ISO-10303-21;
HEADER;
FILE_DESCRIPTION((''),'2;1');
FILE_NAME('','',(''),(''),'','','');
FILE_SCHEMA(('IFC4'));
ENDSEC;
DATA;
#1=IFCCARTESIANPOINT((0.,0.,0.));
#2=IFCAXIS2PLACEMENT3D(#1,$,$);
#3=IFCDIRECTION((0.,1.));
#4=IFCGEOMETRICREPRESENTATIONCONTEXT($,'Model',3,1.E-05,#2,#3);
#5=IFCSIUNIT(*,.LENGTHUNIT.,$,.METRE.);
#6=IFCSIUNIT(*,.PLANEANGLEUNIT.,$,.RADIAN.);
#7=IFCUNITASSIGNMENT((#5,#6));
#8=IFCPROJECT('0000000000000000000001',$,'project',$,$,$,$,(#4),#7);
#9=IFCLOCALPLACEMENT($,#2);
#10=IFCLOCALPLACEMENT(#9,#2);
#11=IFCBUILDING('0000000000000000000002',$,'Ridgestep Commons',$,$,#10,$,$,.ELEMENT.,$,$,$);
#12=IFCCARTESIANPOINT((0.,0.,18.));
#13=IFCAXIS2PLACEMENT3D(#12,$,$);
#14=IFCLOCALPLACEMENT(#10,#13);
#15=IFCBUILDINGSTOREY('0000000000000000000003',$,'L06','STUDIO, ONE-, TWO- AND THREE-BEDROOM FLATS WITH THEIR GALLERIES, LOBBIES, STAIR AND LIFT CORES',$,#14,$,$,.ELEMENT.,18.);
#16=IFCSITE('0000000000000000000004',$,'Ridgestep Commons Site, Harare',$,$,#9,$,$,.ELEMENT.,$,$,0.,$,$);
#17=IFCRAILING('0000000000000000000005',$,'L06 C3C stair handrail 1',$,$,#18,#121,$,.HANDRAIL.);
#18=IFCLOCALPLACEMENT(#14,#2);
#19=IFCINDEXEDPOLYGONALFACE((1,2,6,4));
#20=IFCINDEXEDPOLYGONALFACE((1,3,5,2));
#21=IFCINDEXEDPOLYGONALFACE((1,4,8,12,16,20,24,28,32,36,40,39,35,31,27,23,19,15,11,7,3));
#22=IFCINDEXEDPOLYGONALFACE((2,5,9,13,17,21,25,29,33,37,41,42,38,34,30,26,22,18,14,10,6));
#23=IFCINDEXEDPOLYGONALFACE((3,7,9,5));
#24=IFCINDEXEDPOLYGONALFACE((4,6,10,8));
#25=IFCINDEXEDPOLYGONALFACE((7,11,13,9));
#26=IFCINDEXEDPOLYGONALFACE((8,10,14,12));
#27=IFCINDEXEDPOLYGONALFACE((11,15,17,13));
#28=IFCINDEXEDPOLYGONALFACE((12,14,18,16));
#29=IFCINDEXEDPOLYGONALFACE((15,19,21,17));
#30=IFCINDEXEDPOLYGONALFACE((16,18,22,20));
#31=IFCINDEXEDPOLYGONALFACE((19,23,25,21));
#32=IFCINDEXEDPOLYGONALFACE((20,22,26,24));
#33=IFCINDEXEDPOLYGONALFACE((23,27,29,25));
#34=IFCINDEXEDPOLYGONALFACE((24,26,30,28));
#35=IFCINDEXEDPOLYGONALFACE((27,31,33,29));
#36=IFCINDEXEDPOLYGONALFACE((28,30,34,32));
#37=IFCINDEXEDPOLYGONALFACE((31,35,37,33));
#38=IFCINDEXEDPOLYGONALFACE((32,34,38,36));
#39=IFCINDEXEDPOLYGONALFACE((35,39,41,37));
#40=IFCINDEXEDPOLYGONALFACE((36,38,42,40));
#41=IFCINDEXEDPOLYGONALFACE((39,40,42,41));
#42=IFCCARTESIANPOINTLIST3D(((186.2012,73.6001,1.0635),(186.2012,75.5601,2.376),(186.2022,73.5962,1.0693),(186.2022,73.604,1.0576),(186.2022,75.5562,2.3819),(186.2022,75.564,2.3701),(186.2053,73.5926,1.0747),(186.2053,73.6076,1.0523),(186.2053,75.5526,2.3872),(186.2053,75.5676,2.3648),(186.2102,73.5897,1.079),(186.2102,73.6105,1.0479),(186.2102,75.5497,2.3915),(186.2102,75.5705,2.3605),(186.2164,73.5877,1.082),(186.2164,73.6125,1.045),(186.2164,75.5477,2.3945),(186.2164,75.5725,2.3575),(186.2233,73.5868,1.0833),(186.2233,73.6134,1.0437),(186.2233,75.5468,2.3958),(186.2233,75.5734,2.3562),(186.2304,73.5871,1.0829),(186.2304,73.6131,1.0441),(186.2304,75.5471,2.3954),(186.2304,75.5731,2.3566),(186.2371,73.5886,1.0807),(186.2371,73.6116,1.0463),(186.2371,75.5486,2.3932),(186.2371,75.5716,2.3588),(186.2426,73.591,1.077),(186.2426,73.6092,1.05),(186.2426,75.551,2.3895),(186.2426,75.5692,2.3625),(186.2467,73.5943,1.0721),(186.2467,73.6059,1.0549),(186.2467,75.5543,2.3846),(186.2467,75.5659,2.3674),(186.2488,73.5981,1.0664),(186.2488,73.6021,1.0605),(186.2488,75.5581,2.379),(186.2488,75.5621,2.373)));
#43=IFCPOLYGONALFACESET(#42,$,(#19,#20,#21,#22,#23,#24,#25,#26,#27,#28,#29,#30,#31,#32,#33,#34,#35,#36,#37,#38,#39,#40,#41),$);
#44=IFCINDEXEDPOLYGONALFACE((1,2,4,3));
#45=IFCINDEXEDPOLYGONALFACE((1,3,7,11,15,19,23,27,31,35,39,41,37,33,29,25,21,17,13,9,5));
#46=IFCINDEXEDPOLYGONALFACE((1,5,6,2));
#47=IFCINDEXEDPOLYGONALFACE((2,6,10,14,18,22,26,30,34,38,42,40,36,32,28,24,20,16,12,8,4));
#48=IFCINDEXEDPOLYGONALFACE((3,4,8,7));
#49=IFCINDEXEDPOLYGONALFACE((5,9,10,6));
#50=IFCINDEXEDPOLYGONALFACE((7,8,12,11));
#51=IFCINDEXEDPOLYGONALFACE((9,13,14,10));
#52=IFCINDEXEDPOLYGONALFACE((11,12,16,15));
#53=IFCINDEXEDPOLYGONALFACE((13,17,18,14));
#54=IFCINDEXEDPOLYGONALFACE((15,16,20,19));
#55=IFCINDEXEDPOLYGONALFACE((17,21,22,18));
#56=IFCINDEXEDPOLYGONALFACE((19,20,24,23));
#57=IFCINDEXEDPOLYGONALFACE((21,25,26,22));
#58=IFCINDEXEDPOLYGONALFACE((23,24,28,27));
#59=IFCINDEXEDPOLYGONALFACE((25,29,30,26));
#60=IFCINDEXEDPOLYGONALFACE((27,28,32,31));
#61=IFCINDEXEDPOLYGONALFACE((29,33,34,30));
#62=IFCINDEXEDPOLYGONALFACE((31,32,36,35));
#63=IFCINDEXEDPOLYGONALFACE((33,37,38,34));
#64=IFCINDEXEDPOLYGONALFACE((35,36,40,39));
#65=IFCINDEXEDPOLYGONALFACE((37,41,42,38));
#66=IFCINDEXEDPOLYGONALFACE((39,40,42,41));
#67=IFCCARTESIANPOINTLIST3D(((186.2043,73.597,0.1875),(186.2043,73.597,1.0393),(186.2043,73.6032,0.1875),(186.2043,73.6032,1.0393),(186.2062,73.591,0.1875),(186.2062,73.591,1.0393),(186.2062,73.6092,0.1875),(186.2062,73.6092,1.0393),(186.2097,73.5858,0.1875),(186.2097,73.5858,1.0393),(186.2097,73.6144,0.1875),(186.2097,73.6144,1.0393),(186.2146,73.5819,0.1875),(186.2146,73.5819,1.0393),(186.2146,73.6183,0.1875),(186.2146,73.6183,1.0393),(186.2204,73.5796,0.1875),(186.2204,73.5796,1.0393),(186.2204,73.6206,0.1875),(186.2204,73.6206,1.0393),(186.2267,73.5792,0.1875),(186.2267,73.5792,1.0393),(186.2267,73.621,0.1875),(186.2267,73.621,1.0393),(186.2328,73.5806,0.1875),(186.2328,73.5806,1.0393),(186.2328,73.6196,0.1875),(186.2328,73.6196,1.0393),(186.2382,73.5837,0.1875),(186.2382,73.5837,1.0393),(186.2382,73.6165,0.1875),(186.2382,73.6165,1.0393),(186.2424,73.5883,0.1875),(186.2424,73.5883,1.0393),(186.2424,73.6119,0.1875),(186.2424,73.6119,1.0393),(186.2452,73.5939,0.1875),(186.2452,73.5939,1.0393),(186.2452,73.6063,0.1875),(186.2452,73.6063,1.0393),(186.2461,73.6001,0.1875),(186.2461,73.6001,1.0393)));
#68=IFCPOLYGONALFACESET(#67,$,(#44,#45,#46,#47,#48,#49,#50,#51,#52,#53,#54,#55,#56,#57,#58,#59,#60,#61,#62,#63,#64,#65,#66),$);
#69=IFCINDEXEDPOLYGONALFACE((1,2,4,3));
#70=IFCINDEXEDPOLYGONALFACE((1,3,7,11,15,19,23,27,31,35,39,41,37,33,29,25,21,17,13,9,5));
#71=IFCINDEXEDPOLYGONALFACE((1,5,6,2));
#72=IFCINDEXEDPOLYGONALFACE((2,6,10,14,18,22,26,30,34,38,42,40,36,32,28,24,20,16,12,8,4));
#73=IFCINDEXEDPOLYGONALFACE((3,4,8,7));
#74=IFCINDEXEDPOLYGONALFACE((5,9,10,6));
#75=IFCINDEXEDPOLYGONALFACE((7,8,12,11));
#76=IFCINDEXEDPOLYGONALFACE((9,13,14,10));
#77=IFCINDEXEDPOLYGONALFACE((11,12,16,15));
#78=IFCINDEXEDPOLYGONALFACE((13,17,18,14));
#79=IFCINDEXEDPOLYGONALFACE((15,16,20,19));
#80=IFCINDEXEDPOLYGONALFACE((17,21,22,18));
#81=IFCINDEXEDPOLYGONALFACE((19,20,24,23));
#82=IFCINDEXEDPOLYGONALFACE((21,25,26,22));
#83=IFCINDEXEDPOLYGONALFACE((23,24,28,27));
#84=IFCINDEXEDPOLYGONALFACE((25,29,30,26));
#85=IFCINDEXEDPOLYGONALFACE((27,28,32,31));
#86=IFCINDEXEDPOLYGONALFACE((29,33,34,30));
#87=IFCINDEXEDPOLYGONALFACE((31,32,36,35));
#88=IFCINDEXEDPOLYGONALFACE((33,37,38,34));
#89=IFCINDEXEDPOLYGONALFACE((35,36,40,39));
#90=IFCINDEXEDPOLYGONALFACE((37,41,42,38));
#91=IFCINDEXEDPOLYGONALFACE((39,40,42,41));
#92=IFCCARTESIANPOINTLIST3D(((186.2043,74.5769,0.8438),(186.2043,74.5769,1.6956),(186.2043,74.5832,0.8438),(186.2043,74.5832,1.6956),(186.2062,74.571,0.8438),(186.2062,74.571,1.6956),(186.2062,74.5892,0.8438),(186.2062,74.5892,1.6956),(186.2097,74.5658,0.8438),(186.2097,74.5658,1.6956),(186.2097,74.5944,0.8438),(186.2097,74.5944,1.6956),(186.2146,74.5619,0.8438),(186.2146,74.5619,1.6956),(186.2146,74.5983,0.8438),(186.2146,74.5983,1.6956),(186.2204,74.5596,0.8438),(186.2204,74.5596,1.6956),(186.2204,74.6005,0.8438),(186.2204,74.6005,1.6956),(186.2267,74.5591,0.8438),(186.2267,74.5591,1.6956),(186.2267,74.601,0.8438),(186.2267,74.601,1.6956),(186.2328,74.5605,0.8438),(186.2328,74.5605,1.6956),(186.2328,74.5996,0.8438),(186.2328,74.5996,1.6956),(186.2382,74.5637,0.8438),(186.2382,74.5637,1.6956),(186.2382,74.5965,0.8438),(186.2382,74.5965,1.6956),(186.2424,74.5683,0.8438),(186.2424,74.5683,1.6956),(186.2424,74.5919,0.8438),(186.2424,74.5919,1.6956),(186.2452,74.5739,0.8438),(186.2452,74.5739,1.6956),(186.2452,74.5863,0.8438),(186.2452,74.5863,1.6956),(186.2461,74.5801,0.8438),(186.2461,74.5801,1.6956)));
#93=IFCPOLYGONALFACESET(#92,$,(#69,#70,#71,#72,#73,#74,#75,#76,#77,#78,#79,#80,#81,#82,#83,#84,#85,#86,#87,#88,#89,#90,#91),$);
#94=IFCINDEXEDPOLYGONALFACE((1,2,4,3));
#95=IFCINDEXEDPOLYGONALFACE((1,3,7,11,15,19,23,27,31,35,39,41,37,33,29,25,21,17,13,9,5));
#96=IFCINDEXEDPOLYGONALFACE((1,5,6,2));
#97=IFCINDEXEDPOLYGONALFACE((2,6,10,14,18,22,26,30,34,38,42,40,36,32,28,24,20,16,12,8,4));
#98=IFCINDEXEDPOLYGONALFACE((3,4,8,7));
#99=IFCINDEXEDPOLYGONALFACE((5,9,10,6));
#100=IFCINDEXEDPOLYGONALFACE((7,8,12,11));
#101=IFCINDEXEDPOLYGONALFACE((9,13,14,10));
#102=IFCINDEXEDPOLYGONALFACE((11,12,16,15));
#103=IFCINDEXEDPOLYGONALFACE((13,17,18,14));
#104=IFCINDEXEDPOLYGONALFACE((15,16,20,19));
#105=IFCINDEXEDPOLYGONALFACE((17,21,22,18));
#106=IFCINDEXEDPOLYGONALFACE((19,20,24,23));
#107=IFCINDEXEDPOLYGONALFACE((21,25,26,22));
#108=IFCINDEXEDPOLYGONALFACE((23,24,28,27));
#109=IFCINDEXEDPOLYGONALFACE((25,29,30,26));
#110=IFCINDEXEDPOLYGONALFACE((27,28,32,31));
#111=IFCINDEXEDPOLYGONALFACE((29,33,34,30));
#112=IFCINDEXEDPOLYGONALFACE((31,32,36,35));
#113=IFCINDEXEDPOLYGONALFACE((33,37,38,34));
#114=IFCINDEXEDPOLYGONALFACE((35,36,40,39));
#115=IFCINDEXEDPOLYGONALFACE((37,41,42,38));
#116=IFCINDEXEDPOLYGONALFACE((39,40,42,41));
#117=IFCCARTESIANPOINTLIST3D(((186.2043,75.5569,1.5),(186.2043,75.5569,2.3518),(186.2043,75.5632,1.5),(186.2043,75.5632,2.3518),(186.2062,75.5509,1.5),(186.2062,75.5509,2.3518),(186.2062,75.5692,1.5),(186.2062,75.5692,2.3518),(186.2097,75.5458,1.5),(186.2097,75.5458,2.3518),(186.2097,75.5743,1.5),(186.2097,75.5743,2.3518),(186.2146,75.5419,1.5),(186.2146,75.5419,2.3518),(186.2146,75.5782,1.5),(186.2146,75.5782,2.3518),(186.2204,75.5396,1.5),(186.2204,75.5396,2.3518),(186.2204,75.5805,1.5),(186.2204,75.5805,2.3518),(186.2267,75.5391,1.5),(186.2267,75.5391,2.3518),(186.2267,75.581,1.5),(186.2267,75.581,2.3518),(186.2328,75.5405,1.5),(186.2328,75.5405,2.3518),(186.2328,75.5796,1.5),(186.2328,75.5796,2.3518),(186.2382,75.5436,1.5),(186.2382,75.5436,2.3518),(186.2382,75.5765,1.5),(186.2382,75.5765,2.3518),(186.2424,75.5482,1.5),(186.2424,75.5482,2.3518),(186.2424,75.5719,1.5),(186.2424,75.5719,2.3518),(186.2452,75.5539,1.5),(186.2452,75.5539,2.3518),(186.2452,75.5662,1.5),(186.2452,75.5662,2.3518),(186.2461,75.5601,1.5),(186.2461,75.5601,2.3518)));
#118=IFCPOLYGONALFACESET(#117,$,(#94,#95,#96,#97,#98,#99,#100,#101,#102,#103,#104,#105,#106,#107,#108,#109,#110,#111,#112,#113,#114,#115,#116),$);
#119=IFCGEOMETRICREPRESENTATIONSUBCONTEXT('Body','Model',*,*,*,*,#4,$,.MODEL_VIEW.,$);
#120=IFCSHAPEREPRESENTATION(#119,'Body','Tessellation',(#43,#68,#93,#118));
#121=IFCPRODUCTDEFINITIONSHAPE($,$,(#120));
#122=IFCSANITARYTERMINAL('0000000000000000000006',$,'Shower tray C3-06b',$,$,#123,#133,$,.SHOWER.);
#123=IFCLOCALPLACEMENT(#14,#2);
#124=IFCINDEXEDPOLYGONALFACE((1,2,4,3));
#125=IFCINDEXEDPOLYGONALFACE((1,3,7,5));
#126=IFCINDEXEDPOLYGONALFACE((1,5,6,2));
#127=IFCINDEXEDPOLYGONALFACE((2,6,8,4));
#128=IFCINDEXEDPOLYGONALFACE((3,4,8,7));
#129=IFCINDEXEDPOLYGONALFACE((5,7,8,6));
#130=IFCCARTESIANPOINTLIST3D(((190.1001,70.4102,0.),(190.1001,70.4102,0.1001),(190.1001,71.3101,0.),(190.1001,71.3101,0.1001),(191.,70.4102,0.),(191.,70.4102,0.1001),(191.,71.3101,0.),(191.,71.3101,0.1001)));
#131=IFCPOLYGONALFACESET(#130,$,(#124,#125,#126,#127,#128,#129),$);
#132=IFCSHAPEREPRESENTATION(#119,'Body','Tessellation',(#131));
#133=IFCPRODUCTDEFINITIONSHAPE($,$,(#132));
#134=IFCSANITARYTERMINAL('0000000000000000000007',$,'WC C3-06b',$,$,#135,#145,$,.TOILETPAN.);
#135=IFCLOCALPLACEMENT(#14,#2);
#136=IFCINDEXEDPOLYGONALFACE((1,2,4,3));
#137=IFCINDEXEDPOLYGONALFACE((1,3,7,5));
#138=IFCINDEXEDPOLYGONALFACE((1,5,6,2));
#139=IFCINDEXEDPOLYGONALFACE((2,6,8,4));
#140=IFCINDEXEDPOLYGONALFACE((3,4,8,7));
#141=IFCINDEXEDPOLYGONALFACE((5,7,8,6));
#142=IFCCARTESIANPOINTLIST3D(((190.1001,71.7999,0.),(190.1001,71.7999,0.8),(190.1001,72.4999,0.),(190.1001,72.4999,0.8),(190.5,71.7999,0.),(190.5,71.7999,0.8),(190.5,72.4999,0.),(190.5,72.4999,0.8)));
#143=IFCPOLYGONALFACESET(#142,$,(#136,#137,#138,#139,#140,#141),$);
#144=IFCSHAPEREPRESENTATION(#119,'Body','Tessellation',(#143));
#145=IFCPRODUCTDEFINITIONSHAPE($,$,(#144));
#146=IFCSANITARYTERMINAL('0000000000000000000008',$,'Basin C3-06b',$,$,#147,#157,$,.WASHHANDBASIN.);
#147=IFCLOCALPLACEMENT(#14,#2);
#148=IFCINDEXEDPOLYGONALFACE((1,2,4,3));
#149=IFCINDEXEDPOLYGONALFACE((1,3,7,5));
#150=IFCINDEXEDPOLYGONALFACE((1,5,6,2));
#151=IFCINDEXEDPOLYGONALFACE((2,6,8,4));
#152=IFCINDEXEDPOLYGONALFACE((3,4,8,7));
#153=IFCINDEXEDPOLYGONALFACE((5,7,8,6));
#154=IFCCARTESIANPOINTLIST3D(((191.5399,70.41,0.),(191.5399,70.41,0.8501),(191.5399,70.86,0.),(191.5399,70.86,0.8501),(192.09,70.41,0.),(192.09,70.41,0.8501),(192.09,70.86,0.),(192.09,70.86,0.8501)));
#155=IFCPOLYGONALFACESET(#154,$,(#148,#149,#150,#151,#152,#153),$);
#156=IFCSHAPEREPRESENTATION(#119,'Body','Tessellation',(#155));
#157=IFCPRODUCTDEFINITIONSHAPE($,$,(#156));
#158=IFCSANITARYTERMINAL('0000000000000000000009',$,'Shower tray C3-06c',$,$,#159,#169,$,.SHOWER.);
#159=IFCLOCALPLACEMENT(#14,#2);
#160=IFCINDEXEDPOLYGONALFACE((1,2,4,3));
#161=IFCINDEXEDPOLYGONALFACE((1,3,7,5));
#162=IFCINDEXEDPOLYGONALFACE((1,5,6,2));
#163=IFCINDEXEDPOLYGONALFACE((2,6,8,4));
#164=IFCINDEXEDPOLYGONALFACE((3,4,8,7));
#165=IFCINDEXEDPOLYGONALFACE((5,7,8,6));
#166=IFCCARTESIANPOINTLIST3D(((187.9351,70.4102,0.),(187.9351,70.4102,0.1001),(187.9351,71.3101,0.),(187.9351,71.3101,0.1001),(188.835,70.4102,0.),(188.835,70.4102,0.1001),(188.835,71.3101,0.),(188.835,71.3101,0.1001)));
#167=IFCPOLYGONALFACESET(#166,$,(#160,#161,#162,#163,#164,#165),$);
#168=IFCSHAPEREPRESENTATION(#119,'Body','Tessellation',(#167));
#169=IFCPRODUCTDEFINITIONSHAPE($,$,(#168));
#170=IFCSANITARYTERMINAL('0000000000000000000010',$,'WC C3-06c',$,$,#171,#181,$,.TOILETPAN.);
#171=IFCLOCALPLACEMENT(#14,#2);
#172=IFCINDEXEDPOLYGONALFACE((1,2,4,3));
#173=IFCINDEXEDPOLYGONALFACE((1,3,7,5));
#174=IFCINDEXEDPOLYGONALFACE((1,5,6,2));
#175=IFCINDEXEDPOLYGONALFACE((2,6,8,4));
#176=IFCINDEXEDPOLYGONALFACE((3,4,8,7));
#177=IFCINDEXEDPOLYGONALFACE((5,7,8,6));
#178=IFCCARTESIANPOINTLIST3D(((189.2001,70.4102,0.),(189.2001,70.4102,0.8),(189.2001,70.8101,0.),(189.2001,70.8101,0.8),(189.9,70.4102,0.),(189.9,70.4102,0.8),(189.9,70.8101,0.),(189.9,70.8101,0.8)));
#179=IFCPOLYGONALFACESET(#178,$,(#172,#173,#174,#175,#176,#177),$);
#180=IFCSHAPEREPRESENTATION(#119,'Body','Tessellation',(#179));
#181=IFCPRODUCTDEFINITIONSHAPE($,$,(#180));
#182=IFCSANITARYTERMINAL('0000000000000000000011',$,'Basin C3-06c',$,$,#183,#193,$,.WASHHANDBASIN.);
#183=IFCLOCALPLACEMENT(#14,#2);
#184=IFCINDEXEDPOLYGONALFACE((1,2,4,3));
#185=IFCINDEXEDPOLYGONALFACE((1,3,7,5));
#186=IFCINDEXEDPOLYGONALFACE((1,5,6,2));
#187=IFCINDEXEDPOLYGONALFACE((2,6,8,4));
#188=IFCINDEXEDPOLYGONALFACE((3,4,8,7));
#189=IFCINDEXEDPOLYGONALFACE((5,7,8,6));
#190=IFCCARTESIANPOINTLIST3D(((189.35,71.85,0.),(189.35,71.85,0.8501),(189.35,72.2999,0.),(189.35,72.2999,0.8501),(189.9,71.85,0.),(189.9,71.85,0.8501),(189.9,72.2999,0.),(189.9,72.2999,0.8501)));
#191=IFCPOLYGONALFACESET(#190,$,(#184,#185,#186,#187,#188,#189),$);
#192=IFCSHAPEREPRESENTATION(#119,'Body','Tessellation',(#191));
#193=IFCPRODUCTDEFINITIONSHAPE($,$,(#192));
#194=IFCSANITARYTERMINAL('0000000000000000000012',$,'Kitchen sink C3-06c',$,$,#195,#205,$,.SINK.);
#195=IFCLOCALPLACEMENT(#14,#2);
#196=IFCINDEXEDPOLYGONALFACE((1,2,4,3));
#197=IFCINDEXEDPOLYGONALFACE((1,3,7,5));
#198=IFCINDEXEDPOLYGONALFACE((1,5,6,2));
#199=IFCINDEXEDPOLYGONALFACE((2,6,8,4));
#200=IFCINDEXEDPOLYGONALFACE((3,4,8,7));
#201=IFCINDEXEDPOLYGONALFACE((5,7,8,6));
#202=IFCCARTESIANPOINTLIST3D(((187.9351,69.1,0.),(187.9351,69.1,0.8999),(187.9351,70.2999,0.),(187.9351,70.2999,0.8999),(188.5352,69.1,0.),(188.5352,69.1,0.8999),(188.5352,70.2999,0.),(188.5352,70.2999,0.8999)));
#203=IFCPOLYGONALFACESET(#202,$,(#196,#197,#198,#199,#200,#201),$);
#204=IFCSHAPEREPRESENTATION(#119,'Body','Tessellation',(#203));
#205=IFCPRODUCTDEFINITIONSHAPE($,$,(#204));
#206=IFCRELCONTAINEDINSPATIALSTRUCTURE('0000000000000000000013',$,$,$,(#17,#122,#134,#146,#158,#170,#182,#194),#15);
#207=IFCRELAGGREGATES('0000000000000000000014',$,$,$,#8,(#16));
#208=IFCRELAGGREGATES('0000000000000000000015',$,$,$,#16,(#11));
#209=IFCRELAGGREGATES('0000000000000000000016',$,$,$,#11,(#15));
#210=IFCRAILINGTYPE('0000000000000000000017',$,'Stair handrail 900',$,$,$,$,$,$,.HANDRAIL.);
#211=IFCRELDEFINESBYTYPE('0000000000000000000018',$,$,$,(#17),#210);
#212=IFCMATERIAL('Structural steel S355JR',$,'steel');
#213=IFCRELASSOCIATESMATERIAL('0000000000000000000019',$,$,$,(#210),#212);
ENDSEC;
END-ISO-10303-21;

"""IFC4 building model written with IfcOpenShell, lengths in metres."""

from ifc_helpers import new_model, si_unit, direction, frame, origin, origin_2d, place, context, subcontext, project, spatial, rectangle, circle, extrude, material, type_object, element, save


model = new_model("IFC4")

# Units and contexts
model_context = context("Model", 3, precision=1e-05, world=origin(), true_north=direction((0.0, 1.0)))
body_context = subcontext(model_context, "Body", "Model", "MODEL_VIEW")
ifc_project = project(units=[si_unit("LENGTHUNIT", "METRE"), si_unit("PLANEANGLEUNIT", "RADIAN")], contexts=[model_context])

# Site, building, storey
site_placement = place(None, origin())
site = spatial("IfcSite", under=ifc_project, at=site_placement, Name="Ridgestep Commons Site, Harare", CompositionType="ELEMENT", RefElevation=0.0)
building_placement = place(site_placement, origin())
building = spatial("IfcBuilding", under=site, at=building_placement, Name="Ridgestep Commons", CompositionType="ELEMENT")
storey_placement = place(building_placement, frame((0.0, 0.0, 18.0)))
storey = spatial("IfcBuildingStorey", under=building, at=storey_placement, Name="L06", Description="STUDIO, ONE-, TWO- AND THREE-BEDROOM FLATS WITH THEIR GALLERIES, LOBBIES, STAIR AND LIFT CORES", CompositionType="ELEMENT", Elevation=18.0)

# Railing
ifc_material_1 = material(Name="Structural steel S355JR", Category="steel")
railing_type = type_object("IfcRailingType", Name="Stair handrail 900", PredefinedType="HANDRAIL", material=ifc_material_1)
railing_placement = place(storey_placement, frame((186.2251, 73.6001, 0.1875)))
element("IfcRailing", 1, at=railing_placement, inside=storey, type_object=railing_type, Name="L06 C3C stair handrail 1", PredefinedType="HANDRAIL", context=body_context, shape_type="SweptSolid", body=[
    extrude(circle(Radius=0.0239, at=origin_2d()), frame((0.0, 0.0, 0.876), z_axis=(0.0, 0.830902, 0.556419), x_axis=(-1.0, 0.0, 0.0)), (0.0, 0.0, 1.0), 2.3589),
    extrude(circle(Radius=0.021, at=origin_2d()), origin(), (0.0, 0.0, 1.0), 0.8518),
    extrude(circle(Radius=0.021, at=origin_2d()), frame((0.0, 0.98, 0.6562)), (0.0, 0.0, 1.0), 0.8518),
    extrude(circle(Radius=0.021, at=origin_2d()), frame((0.0, 1.96, 1.3125)), (0.0, 0.0, 1.0), 0.8518),
])

# Sanitary terminals
sanitary_terminal_1_placement = place(storey_placement, frame((190.55, 70.8601, 0.0), z_axis=(0.0, 0.0, 1.0), x_axis=(1.0, 0.0, 0.0)))
element("IfcSanitaryTerminal", 2, at=sanitary_terminal_1_placement, inside=storey, Name="Shower tray C3-06b", PredefinedType="SHOWER", context=body_context, shape_type="SweptSolid", body=[
    extrude(rectangle(XDim=0.8999, YDim=0.8999, at=origin_2d()), origin(), (0.0, 0.0, 1.0), 0.1001),
])
sanitary_terminal_2_placement = place(storey_placement, frame((190.3, 72.1499, 0.0), z_axis=(0.0, 0.0, 1.0), x_axis=(1.0, 0.0, 0.0)))
element("IfcSanitaryTerminal", 3, at=sanitary_terminal_2_placement, inside=storey, Name="WC C3-06b", PredefinedType="TOILETPAN", context=body_context, shape_type="SweptSolid", body=[
    extrude(rectangle(XDim=0.3999, YDim=0.7, at=origin_2d()), origin(), (0.0, 0.0, 1.0), 0.8),
])
sanitary_terminal_3_placement = place(storey_placement, frame((191.8149, 70.635, 0.0), z_axis=(0.0, 0.0, 1.0), x_axis=(1.0, 0.0, 0.0)))
element("IfcSanitaryTerminal", 4, at=sanitary_terminal_3_placement, inside=storey, Name="Basin C3-06b", PredefinedType="WASHHANDBASIN", context=body_context, shape_type="SweptSolid", body=[
    extrude(rectangle(XDim=0.55, YDim=0.45, at=origin_2d()), origin(), (0.0, 0.0, 1.0), 0.8501),
])
sanitary_terminal_4_placement = place(storey_placement, frame((188.385, 70.8601, 0.0), z_axis=(0.0, 0.0, 1.0), x_axis=(1.0, 0.0, 0.0)))
element("IfcSanitaryTerminal", 5, at=sanitary_terminal_4_placement, inside=storey, Name="Shower tray C3-06c", PredefinedType="SHOWER", context=body_context, shape_type="SweptSolid", body=[
    extrude(rectangle(XDim=0.8999, YDim=0.8999, at=origin_2d()), origin(), (0.0, 0.0, 1.0), 0.1001),
])
sanitary_terminal_5_placement = place(storey_placement, frame((189.55, 70.6101, 0.0), z_axis=(0.0, 0.0, 1.0), x_axis=(1.0, 0.0, 0.0)))
element("IfcSanitaryTerminal", 6, at=sanitary_terminal_5_placement, inside=storey, Name="WC C3-06c", PredefinedType="TOILETPAN", context=body_context, shape_type="SweptSolid", body=[
    extrude(rectangle(XDim=0.7, YDim=0.3999, at=origin_2d()), origin(), (0.0, 0.0, 1.0), 0.8),
])
sanitary_terminal_6_placement = place(storey_placement, frame((189.625, 72.075, 0.0), z_axis=(0.0, 0.0, 1.0), x_axis=(1.0, 0.0, 0.0)))
element("IfcSanitaryTerminal", 7, at=sanitary_terminal_6_placement, inside=storey, Name="Basin C3-06c", PredefinedType="WASHHANDBASIN", context=body_context, shape_type="SweptSolid", body=[
    extrude(rectangle(XDim=0.55, YDim=0.45, at=origin_2d()), origin(), (0.0, 0.0, 1.0), 0.8501),
])
sanitary_terminal_7_placement = place(storey_placement, frame((188.2351, 69.7, 0.0), z_axis=(0.0, 0.0, 1.0), x_axis=(1.0, 0.0, 0.0)))
element("IfcSanitaryTerminal", 8, at=sanitary_terminal_7_placement, inside=storey, Name="Kitchen sink C3-06c", PredefinedType="SINK", context=body_context, shape_type="SweptSolid", body=[
    extrude(rectangle(XDim=0.6001, YDim=1.2, at=origin_2d()), origin(), (0.0, 0.0, 1.0), 0.8999),
])

save(model, "model.ifc")
